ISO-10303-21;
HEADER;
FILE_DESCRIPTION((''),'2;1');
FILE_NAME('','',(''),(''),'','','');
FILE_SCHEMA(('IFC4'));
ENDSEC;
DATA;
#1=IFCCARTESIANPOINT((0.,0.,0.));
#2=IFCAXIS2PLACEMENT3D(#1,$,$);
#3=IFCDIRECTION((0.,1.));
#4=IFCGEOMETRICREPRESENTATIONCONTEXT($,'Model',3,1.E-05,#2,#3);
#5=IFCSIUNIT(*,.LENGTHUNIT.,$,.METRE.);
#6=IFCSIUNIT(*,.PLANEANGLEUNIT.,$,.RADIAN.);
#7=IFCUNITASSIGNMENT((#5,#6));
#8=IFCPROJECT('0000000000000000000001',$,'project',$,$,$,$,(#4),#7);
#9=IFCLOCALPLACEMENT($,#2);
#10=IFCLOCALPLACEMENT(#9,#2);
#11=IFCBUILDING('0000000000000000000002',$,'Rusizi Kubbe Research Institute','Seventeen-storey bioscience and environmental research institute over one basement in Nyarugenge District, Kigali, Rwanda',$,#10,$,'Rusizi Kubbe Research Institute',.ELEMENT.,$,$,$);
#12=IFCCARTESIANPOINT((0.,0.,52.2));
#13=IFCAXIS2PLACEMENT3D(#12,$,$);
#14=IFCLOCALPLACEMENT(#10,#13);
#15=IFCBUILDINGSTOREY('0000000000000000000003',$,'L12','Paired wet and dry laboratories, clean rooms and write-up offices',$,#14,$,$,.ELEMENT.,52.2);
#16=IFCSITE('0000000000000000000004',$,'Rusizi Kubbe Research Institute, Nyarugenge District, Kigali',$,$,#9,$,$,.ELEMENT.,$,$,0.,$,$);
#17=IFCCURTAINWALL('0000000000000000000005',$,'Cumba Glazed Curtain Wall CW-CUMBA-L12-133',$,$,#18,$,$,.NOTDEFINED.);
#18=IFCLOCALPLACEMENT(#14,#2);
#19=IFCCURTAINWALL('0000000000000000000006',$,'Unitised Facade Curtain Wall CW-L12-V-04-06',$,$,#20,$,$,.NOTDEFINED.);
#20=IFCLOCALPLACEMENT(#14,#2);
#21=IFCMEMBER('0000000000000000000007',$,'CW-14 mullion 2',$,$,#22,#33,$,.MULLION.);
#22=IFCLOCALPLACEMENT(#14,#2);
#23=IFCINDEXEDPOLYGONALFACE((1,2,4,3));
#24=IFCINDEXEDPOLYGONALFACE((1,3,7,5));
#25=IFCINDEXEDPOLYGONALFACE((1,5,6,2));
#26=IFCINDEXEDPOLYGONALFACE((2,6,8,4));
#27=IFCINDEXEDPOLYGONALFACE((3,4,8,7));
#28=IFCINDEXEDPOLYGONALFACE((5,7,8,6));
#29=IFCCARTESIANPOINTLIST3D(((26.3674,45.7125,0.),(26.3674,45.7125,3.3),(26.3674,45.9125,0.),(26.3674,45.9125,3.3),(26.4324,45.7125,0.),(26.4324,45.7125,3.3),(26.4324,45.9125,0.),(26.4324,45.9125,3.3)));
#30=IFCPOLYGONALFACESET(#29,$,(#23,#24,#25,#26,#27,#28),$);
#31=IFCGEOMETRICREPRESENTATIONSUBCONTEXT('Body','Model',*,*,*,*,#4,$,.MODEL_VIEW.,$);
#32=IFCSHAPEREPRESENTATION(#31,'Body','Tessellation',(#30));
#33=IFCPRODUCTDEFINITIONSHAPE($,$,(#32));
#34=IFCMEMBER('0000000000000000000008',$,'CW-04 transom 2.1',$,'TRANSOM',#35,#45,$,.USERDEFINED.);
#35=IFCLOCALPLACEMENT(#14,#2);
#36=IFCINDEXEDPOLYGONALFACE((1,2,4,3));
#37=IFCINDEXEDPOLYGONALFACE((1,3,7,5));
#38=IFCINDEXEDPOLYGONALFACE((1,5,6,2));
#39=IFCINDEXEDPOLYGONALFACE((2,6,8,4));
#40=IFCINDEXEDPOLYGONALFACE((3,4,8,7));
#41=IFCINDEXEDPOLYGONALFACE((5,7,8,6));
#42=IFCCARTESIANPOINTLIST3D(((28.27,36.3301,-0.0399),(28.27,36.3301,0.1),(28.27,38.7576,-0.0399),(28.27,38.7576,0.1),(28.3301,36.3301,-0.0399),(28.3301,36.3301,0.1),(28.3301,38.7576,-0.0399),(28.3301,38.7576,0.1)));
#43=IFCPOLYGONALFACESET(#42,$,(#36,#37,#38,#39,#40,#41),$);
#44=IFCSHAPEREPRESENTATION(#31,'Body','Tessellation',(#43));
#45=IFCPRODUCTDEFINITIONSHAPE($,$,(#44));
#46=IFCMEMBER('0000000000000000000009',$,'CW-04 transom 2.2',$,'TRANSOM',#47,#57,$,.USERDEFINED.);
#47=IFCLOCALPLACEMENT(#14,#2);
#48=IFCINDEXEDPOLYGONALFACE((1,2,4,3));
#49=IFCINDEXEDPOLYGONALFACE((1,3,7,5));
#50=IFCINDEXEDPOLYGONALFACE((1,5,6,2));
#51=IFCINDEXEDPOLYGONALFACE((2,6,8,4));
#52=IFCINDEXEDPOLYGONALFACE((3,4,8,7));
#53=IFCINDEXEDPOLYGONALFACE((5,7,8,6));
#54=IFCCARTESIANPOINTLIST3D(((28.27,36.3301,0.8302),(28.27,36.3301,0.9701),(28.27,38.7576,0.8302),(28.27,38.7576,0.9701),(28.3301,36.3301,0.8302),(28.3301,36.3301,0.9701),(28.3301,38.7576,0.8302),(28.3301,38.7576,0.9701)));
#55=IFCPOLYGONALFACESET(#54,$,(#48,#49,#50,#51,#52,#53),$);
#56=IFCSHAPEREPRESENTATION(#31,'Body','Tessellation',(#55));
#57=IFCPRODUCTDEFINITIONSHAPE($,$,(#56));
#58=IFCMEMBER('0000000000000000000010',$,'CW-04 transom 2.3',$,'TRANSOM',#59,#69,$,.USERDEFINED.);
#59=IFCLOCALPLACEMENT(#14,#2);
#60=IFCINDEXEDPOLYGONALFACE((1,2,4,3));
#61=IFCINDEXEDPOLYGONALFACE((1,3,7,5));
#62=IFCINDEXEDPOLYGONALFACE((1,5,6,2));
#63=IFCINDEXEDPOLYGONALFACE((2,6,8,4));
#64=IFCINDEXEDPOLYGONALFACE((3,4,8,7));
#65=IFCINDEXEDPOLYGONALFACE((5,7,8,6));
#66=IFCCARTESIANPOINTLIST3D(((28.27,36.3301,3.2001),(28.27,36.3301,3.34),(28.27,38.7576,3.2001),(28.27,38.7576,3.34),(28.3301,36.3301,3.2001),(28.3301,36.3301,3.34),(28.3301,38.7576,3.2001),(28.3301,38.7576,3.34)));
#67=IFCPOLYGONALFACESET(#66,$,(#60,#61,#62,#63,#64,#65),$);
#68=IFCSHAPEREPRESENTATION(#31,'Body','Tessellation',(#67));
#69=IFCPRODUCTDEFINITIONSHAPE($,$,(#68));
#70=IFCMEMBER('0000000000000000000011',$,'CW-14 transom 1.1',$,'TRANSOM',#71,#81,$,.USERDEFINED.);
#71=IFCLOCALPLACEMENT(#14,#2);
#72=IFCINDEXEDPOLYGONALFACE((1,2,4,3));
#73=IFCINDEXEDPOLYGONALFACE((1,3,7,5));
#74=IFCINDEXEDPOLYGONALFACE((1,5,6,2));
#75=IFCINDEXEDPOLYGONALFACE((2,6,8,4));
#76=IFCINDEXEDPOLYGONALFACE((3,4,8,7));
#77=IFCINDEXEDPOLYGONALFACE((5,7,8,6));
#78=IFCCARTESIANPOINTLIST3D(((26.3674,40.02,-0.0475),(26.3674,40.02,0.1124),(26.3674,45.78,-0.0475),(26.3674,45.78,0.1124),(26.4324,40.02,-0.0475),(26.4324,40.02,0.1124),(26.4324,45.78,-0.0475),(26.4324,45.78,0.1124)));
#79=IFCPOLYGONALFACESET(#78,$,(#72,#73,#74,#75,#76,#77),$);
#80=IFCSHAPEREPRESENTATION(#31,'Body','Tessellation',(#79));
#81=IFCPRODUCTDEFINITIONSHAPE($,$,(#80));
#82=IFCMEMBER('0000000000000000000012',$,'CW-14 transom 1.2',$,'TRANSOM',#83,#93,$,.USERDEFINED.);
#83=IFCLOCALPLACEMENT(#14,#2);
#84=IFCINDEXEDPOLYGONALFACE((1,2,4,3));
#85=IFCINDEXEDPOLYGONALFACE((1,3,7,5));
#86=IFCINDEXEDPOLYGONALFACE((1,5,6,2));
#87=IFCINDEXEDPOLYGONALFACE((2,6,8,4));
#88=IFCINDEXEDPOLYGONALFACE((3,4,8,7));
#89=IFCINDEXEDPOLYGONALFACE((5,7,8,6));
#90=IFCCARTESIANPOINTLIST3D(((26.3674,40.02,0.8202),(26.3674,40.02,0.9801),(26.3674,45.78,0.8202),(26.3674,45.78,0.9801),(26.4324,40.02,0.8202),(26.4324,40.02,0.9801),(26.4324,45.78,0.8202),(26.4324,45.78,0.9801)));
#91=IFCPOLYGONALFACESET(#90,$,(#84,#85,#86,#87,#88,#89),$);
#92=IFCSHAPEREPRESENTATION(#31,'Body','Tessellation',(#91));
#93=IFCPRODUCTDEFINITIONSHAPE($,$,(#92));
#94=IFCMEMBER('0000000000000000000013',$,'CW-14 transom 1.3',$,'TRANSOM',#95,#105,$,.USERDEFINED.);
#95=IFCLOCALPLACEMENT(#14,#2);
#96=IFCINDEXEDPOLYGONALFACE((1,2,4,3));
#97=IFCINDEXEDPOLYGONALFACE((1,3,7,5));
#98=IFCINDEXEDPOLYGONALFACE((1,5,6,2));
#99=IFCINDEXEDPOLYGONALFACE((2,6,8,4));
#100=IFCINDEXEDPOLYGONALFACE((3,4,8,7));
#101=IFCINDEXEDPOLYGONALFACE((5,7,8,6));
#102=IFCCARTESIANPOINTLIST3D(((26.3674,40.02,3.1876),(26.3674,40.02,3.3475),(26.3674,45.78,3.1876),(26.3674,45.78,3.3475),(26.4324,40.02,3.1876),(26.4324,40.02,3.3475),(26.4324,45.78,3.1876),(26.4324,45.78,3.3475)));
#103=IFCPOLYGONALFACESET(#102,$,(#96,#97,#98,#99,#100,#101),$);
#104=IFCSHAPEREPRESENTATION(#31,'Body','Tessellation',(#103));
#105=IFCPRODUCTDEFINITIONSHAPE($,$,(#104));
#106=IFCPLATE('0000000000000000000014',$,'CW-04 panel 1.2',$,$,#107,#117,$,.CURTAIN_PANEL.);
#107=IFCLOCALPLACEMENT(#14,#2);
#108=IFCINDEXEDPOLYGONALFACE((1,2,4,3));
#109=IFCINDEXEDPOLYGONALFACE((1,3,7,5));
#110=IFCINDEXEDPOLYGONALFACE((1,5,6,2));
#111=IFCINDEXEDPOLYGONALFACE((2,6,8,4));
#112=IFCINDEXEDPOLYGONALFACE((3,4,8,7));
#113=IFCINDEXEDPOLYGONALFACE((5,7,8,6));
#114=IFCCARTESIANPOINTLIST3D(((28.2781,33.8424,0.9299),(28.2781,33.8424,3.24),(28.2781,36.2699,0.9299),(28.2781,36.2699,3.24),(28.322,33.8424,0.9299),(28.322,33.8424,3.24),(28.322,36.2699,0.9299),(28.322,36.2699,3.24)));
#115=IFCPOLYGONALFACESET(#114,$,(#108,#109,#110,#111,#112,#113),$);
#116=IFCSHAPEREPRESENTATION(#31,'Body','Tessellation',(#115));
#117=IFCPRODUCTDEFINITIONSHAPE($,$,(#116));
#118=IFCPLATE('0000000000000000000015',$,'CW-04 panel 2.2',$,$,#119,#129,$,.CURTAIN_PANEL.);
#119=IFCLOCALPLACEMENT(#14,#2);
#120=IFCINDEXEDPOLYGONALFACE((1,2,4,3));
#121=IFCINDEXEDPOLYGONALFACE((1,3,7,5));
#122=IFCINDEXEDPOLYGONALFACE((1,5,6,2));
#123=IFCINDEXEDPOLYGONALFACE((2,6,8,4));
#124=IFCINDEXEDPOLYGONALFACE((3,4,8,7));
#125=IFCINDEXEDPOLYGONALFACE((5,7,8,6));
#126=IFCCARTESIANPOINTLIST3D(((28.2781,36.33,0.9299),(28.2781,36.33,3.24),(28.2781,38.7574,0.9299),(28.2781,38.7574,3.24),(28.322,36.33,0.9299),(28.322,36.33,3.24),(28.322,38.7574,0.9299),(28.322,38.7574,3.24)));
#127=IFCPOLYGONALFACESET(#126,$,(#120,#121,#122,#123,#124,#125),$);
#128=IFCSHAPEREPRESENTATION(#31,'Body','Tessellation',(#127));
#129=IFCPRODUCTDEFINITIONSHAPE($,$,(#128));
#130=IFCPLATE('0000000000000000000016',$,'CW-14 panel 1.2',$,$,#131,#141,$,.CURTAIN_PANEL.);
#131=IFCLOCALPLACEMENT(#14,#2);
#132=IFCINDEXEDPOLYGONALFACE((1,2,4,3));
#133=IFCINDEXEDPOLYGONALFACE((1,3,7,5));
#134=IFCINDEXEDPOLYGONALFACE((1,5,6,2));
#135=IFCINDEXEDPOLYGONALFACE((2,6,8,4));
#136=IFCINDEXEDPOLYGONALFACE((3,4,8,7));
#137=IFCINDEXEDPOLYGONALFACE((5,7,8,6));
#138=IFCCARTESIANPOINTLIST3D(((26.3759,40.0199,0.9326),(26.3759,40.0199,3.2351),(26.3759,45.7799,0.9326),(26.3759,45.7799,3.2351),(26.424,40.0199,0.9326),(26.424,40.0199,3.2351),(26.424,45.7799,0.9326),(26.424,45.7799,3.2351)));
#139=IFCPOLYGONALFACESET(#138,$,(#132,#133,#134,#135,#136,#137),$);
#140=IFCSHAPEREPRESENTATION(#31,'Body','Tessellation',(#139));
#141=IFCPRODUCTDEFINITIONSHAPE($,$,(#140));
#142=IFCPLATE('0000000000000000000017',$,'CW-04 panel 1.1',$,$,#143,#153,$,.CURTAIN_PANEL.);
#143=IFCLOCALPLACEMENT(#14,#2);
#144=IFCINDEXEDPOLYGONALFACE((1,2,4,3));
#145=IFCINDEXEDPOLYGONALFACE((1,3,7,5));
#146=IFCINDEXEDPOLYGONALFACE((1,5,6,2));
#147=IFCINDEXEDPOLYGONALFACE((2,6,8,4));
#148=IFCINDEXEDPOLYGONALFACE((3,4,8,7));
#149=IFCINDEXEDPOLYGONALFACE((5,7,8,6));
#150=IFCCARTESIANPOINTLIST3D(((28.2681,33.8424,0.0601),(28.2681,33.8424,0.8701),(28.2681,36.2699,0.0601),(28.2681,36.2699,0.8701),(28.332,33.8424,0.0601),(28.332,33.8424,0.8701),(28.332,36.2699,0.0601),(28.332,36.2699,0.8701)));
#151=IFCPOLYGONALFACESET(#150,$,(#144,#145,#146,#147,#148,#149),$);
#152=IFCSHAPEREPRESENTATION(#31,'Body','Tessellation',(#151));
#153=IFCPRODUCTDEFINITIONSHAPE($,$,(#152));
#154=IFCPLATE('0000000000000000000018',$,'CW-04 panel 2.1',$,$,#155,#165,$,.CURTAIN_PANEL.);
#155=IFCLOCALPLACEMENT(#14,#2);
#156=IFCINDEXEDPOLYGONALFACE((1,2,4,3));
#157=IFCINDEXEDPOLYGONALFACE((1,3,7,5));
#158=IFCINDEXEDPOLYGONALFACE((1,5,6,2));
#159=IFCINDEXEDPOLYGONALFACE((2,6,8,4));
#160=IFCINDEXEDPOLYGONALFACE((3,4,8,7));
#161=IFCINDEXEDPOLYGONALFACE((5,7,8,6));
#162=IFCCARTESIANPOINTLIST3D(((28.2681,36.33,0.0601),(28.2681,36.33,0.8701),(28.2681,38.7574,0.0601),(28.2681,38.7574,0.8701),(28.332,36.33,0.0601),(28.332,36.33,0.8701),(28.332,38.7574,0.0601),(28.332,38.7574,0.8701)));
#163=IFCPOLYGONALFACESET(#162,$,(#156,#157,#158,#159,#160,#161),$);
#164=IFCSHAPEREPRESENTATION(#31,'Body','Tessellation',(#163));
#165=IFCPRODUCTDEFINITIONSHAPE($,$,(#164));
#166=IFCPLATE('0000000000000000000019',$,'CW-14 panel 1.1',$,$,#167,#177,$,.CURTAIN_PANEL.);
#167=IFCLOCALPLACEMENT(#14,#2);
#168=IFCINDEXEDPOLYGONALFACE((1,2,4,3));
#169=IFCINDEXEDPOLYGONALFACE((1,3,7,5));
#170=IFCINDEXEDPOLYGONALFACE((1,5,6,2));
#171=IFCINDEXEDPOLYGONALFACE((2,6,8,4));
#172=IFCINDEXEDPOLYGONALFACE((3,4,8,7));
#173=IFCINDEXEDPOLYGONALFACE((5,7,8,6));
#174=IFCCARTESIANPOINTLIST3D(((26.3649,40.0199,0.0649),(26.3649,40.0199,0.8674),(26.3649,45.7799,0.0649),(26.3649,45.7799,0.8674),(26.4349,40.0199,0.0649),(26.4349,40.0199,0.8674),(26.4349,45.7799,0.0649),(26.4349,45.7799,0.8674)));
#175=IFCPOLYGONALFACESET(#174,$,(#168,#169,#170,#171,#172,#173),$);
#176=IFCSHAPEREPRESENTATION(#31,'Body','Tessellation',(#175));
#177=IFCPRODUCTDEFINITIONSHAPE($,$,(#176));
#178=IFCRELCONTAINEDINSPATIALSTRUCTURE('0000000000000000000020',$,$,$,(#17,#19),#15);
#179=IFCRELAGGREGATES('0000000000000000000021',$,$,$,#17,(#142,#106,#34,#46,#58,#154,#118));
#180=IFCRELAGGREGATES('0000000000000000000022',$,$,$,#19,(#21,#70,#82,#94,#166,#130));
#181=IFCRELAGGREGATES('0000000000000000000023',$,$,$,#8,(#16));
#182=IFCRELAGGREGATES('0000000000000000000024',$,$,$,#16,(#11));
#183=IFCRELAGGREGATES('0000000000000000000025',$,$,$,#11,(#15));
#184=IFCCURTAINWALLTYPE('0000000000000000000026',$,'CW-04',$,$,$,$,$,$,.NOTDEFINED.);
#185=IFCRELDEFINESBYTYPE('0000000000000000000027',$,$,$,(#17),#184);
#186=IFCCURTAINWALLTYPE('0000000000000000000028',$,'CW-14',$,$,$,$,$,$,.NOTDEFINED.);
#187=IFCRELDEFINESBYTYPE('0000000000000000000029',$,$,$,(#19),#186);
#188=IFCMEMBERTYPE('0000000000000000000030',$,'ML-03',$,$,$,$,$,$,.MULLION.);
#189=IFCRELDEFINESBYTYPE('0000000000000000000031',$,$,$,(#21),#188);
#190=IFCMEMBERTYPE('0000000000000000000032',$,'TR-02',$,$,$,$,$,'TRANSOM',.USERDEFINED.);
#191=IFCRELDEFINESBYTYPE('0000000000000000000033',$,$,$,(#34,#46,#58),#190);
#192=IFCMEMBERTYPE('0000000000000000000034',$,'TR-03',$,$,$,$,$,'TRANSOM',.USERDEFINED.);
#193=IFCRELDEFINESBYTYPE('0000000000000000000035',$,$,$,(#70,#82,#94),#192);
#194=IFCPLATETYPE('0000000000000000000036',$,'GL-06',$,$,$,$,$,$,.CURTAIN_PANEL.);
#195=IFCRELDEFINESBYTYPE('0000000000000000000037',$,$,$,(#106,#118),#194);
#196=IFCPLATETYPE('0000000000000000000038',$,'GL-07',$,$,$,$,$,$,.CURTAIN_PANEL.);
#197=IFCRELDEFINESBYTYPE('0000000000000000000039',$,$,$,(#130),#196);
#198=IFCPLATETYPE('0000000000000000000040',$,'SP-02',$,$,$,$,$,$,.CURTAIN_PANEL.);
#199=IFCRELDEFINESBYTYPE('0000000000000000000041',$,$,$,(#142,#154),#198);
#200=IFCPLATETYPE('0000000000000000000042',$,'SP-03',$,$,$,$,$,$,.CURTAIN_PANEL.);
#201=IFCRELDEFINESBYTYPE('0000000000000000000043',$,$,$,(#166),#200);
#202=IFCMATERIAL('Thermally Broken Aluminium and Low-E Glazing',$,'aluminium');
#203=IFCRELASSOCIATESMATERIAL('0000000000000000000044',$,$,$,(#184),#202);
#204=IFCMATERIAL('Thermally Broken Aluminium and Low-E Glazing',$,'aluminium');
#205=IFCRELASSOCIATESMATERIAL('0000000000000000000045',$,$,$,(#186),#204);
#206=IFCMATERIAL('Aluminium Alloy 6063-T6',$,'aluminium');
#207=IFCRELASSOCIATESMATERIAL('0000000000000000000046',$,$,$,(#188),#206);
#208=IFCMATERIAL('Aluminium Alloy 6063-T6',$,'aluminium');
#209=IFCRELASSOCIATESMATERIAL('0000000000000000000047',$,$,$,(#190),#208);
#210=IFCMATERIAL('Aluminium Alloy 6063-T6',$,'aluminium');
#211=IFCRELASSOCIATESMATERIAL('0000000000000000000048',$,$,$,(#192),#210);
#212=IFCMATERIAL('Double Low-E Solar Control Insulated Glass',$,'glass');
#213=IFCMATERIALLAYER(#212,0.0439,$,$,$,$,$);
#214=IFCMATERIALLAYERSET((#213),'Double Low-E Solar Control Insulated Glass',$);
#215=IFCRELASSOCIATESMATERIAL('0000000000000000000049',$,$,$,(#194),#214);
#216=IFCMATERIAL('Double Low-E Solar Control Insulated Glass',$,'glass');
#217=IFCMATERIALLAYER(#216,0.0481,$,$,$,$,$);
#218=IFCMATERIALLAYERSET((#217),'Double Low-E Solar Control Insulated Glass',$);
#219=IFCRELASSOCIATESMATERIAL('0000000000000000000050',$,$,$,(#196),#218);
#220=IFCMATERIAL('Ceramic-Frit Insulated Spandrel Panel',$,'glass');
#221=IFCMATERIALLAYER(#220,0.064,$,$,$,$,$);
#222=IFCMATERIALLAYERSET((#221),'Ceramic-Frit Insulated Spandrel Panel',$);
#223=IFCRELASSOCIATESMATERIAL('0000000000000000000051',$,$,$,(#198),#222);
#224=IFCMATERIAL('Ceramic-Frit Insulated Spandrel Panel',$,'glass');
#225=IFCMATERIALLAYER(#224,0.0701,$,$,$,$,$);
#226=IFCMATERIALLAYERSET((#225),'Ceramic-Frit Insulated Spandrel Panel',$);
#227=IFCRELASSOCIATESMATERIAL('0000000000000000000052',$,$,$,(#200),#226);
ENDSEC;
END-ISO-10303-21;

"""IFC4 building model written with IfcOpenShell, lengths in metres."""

from ifc_helpers import new_model, si_unit, direction, frame, origin, origin_2d, place, context, subcontext, project, spatial, rectangle, extrude, material, layer, layer_set, material_profile, profile_set, type_object, element, aggregate, save


model = new_model("IFC4")

# Units and contexts
model_context = context("Model", 3, precision=1e-05, world=origin(), true_north=direction((0.0, 1.0)))
body_context = subcontext(model_context, "Body", "Model", "MODEL_VIEW")
ifc_project = project(units=[si_unit("LENGTHUNIT", "METRE"), si_unit("PLANEANGLEUNIT", "RADIAN")], contexts=[model_context])

# Site, building, storey
site_placement = place(None, origin())
site = spatial("IfcSite", under=ifc_project, at=site_placement, Name="Rusizi Kubbe Research Institute, Nyarugenge District, Kigali", CompositionType="ELEMENT", RefElevation=0.0)
building_placement = place(site_placement, origin())
building = spatial("IfcBuilding", under=site, at=building_placement, Name="Rusizi Kubbe Research Institute", Description="Seventeen-storey bioscience and environmental research institute over one basement in Nyarugenge District, Kigali, Rwanda", LongName="Rusizi Kubbe Research Institute", CompositionType="ELEMENT")
storey_placement = place(building_placement, frame((0.0, 0.0, 52.2)))
storey = spatial("IfcBuildingStorey", under=building, at=storey_placement, Name="L12", Description="Paired wet and dry laboratories, clean rooms and write-up offices", CompositionType="ELEMENT", Elevation=52.2)

# Curtain walls, member
ifc_material_1 = material(Name="Thermally Broken Aluminium and Low-E Glazing", Category="aluminium")
curtain_wall_type_1 = type_object("IfcCurtainWallType", Name="CW-04", PredefinedType="NOTDEFINED", material=ifc_material_1)
curtain_wall_1_placement = place(storey_placement, origin())
curtain_wall_1 = element("IfcCurtainWall", 1, at=curtain_wall_1_placement, inside=storey, type_object=curtain_wall_type_1, Name="Cumba Glazed Curtain Wall CW-CUMBA-L12-133", PredefinedType="NOTDEFINED")
ifc_material_2 = material(Name="Thermally Broken Aluminium and Low-E Glazing", Category="aluminium")
curtain_wall_type_2 = type_object("IfcCurtainWallType", Name="CW-14", PredefinedType="NOTDEFINED", material=ifc_material_2)
curtain_wall_2_placement = place(storey_placement, origin())
curtain_wall_2 = element("IfcCurtainWall", 2, at=curtain_wall_2_placement, inside=storey, type_object=curtain_wall_type_2, Name="Unitised Facade Curtain Wall CW-L12-V-04-06", PredefinedType="NOTDEFINED")
ifc_material_3 = material(Name="Aluminium Alloy 6063-T6", Category="aluminium")
ifc_material_profile_1 = material_profile(ifc_material_3, rectangle(XDim=0.0649, YDim=0.2, at=origin_2d()), Name="ALU-M 65x200")
ifc_profile_set_1 = profile_set([ifc_material_profile_1], Name="Aluminium Alloy 6063-T6")
member_type_1 = type_object("IfcMemberType", Name="ML-03", PredefinedType="MULLION", material=ifc_profile_set_1)
member_1_placement = place(storey_placement, frame((26.3999, 45.8125, 0.0), z_axis=(0.0, 0.0, 1.0), x_axis=(-1.0, 0.0, 0.0)))
member_1 = element("IfcMember", 3, at=member_1_placement, type_object=member_type_1, Name="CW-14 mullion 2", PredefinedType="MULLION", context=body_context, shape_type="SweptSolid", body=[
    extrude(rectangle(XDim=0.0649, YDim=0.2, at=origin_2d()), origin(), (0.0, 0.0, 1.0), 3.3),
])

# Members
ifc_material_4 = material(Name="Aluminium Alloy 6063-T6", Category="aluminium")
ifc_material_profile_2 = material_profile(ifc_material_4, rectangle(XDim=0.0601, YDim=0.1399, at=origin_2d()), Name="ALU-T 60x140")
ifc_profile_set_2 = profile_set([ifc_material_profile_2], Name="Aluminium Alloy 6063-T6")
member_type_2 = type_object("IfcMemberType", Name="TR-02", ElementType="TRANSOM", PredefinedType="USERDEFINED", material=ifc_profile_set_2)
member_2_placement = place(storey_placement, frame((28.3, 36.3301, 0.03), z_axis=(0.0, 1.0, 0.0), x_axis=(-1.0, 0.0, 0.0)))
member_2 = element("IfcMember", 4, at=member_2_placement, type_object=member_type_2, Name="CW-04 transom 2.1", ObjectType="TRANSOM", PredefinedType="USERDEFINED", context=body_context, shape_type="SweptSolid", body=[
    extrude(rectangle(XDim=0.0601, YDim=0.1399, at=origin_2d()), origin(), (0.0, 0.0, 1.0), 2.4275),
])
member_3_placement = place(storey_placement, frame((28.3, 36.3301, 0.9001), z_axis=(0.0, 1.0, 0.0), x_axis=(-1.0, 0.0, 0.0)))
member_3 = element("IfcMember", 5, at=member_3_placement, type_object=member_type_2, Name="CW-04 transom 2.2", ObjectType="TRANSOM", PredefinedType="USERDEFINED", context=body_context, shape_type="SweptSolid", body=[
    extrude(rectangle(XDim=0.0601, YDim=0.1399, at=origin_2d()), origin(), (0.0, 0.0, 1.0), 2.4275),
])
member_4_placement = place(storey_placement, frame((28.3, 36.3301, 3.27), z_axis=(0.0, 1.0, 0.0), x_axis=(-1.0, 0.0, 0.0)))
member_4 = element("IfcMember", 6, at=member_4_placement, type_object=member_type_2, Name="CW-04 transom 2.3", ObjectType="TRANSOM", PredefinedType="USERDEFINED", context=body_context, shape_type="SweptSolid", body=[
    extrude(rectangle(XDim=0.0601, YDim=0.1399, at=origin_2d()), origin(), (0.0, 0.0, 1.0), 2.4275),
])
ifc_material_5 = material(Name="Aluminium Alloy 6063-T6", Category="aluminium")
ifc_material_profile_3 = material_profile(ifc_material_5, rectangle(XDim=0.0649, YDim=0.1599, at=origin_2d()), Name="ALU-T 65x160")
ifc_profile_set_3 = profile_set([ifc_material_profile_3], Name="Aluminium Alloy 6063-T6")
member_type_3 = type_object("IfcMemberType", Name="TR-03", ElementType="TRANSOM", PredefinedType="USERDEFINED", material=ifc_profile_set_3)
member_5_placement = place(storey_placement, frame((26.3999, 40.02, 0.0325), z_axis=(0.0, 1.0, 0.0), x_axis=(-1.0, 0.0, 0.0)))
member_5 = element("IfcMember", 7, at=member_5_placement, type_object=member_type_3, Name="CW-14 transom 1.1", ObjectType="TRANSOM", PredefinedType="USERDEFINED", context=body_context, shape_type="SweptSolid", body=[
    extrude(rectangle(XDim=0.0649, YDim=0.1599, at=origin_2d()), origin(), (0.0, 0.0, 1.0), 5.76),
])
member_6_placement = place(storey_placement, frame((26.3999, 40.02, 0.9001), z_axis=(0.0, 1.0, 0.0), x_axis=(-1.0, 0.0, 0.0)))
member_6 = element("IfcMember", 8, at=member_6_placement, type_object=member_type_3, Name="CW-14 transom 1.2", ObjectType="TRANSOM", PredefinedType="USERDEFINED", context=body_context, shape_type="SweptSolid", body=[
    extrude(rectangle(XDim=0.0649, YDim=0.1599, at=origin_2d()), origin(), (0.0, 0.0, 1.0), 5.76),
])
member_7_placement = place(storey_placement, frame((26.3999, 40.02, 3.2676), z_axis=(0.0, 1.0, 0.0), x_axis=(-1.0, 0.0, 0.0)))
member_7 = element("IfcMember", 9, at=member_7_placement, type_object=member_type_3, Name="CW-14 transom 1.3", ObjectType="TRANSOM", PredefinedType="USERDEFINED", context=body_context, shape_type="SweptSolid", body=[
    extrude(rectangle(XDim=0.0649, YDim=0.1599, at=origin_2d()), origin(), (0.0, 0.0, 1.0), 5.76),
])

# Plates
ifc_material_6 = material(Name="Double Low-E Solar Control Insulated Glass", Category="glass")
ifc_layer_1 = layer(ifc_material_6, 0.0439)
ifc_layer_set_1 = layer_set([ifc_layer_1], Name="Double Low-E Solar Control Insulated Glass")
plate_type_1 = type_object("IfcPlateType", Name="GL-06", PredefinedType="CURTAIN_PANEL", material=ifc_layer_set_1)
plate_1_placement = place(storey_placement, frame((28.3, 35.0562, 0.9299), z_axis=(0.0, 0.0, 1.0), x_axis=(0.0, 1.0, 0.0)))
plate_1 = element("IfcPlate", 10, at=plate_1_placement, type_object=plate_type_1, Name="CW-04 panel 1.2", PredefinedType="CURTAIN_PANEL", context=body_context, shape_type="SweptSolid", body=[
    extrude(rectangle(XDim=2.4275, YDim=0.0439, at=origin_2d()), origin(), (0.0, 0.0, 1.0), 2.3101),
])
plate_2_placement = place(storey_placement, frame((28.3, 37.5437, 0.9299), z_axis=(0.0, 0.0, 1.0), x_axis=(0.0, 1.0, 0.0)))
plate_2 = element("IfcPlate", 11, at=plate_2_placement, type_object=plate_type_1, Name="CW-04 panel 2.2", PredefinedType="CURTAIN_PANEL", context=body_context, shape_type="SweptSolid", body=[
    extrude(rectangle(XDim=2.4275, YDim=0.0439, at=origin_2d()), origin(), (0.0, 0.0, 1.0), 2.3101),
])
ifc_material_7 = material(Name="Double Low-E Solar Control Insulated Glass", Category="glass")
ifc_layer_2 = layer(ifc_material_7, 0.0481)
ifc_layer_set_2 = layer_set([ifc_layer_2], Name="Double Low-E Solar Control Insulated Glass")
plate_type_2 = type_object("IfcPlateType", Name="GL-07", PredefinedType="CURTAIN_PANEL", material=ifc_layer_set_2)
plate_3_placement = place(storey_placement, frame((26.3999, 42.8999, 0.9326), z_axis=(0.0, 0.0, 1.0), x_axis=(0.0, 1.0, 0.0)))
plate_3 = element("IfcPlate", 12, at=plate_3_placement, type_object=plate_type_2, Name="CW-14 panel 1.2", PredefinedType="CURTAIN_PANEL", context=body_context, shape_type="SweptSolid", body=[
    extrude(rectangle(XDim=5.76, YDim=0.0481, at=origin_2d()), origin(), (0.0, 0.0, 1.0), 2.3025),
])
ifc_material_8 = material(Name="Ceramic-Frit Insulated Spandrel Panel", Category="glass")
ifc_layer_3 = layer(ifc_material_8, 0.064)
ifc_layer_set_3 = layer_set([ifc_layer_3], Name="Ceramic-Frit Insulated Spandrel Panel")
plate_type_3 = type_object("IfcPlateType", Name="SP-02", PredefinedType="CURTAIN_PANEL", material=ifc_layer_set_3)
plate_4_placement = place(storey_placement, frame((28.3, 35.0562, 0.0601), z_axis=(0.0, 0.0, 1.0), x_axis=(0.0, 1.0, 0.0)))
plate_4 = element("IfcPlate", 13, at=plate_4_placement, type_object=plate_type_3, Name="CW-04 panel 1.1", PredefinedType="CURTAIN_PANEL", context=body_context, shape_type="SweptSolid", body=[
    extrude(rectangle(XDim=2.4275, YDim=0.064, at=origin_2d()), origin(), (0.0, 0.0, 1.0), 0.8101),
])
plate_5_placement = place(storey_placement, frame((28.3, 37.5437, 0.0601), z_axis=(0.0, 0.0, 1.0), x_axis=(0.0, 1.0, 0.0)))
plate_5 = element("IfcPlate", 14, at=plate_5_placement, type_object=plate_type_3, Name="CW-04 panel 2.1", PredefinedType="CURTAIN_PANEL", context=body_context, shape_type="SweptSolid", body=[
    extrude(rectangle(XDim=2.4275, YDim=0.064, at=origin_2d()), origin(), (0.0, 0.0, 1.0), 0.8101),
])
aggregate(curtain_wall_1, [plate_4, plate_1, member_2, member_3, member_4, plate_5, plate_2])
ifc_material_9 = material(Name="Ceramic-Frit Insulated Spandrel Panel", Category="glass")
ifc_layer_4 = layer(ifc_material_9, 0.0701)
ifc_layer_set_4 = layer_set([ifc_layer_4], Name="Ceramic-Frit Insulated Spandrel Panel")
plate_type_4 = type_object("IfcPlateType", Name="SP-03", PredefinedType="CURTAIN_PANEL", material=ifc_layer_set_4)
plate_6_placement = place(storey_placement, frame((26.3999, 42.8999, 0.0649), z_axis=(0.0, 0.0, 1.0), x_axis=(0.0, 1.0, 0.0)))
plate_6 = element("IfcPlate", 15, at=plate_6_placement, type_object=plate_type_4, Name="CW-14 panel 1.1", PredefinedType="CURTAIN_PANEL", context=body_context, shape_type="SweptSolid", body=[
    extrude(rectangle(XDim=5.76, YDim=0.0701, at=origin_2d()), origin(), (0.0, 0.0, 1.0), 0.8025),
])
aggregate(curtain_wall_2, [member_1, member_5, member_6, member_7, plate_6, plate_3])

save(model, "model.ifc")
